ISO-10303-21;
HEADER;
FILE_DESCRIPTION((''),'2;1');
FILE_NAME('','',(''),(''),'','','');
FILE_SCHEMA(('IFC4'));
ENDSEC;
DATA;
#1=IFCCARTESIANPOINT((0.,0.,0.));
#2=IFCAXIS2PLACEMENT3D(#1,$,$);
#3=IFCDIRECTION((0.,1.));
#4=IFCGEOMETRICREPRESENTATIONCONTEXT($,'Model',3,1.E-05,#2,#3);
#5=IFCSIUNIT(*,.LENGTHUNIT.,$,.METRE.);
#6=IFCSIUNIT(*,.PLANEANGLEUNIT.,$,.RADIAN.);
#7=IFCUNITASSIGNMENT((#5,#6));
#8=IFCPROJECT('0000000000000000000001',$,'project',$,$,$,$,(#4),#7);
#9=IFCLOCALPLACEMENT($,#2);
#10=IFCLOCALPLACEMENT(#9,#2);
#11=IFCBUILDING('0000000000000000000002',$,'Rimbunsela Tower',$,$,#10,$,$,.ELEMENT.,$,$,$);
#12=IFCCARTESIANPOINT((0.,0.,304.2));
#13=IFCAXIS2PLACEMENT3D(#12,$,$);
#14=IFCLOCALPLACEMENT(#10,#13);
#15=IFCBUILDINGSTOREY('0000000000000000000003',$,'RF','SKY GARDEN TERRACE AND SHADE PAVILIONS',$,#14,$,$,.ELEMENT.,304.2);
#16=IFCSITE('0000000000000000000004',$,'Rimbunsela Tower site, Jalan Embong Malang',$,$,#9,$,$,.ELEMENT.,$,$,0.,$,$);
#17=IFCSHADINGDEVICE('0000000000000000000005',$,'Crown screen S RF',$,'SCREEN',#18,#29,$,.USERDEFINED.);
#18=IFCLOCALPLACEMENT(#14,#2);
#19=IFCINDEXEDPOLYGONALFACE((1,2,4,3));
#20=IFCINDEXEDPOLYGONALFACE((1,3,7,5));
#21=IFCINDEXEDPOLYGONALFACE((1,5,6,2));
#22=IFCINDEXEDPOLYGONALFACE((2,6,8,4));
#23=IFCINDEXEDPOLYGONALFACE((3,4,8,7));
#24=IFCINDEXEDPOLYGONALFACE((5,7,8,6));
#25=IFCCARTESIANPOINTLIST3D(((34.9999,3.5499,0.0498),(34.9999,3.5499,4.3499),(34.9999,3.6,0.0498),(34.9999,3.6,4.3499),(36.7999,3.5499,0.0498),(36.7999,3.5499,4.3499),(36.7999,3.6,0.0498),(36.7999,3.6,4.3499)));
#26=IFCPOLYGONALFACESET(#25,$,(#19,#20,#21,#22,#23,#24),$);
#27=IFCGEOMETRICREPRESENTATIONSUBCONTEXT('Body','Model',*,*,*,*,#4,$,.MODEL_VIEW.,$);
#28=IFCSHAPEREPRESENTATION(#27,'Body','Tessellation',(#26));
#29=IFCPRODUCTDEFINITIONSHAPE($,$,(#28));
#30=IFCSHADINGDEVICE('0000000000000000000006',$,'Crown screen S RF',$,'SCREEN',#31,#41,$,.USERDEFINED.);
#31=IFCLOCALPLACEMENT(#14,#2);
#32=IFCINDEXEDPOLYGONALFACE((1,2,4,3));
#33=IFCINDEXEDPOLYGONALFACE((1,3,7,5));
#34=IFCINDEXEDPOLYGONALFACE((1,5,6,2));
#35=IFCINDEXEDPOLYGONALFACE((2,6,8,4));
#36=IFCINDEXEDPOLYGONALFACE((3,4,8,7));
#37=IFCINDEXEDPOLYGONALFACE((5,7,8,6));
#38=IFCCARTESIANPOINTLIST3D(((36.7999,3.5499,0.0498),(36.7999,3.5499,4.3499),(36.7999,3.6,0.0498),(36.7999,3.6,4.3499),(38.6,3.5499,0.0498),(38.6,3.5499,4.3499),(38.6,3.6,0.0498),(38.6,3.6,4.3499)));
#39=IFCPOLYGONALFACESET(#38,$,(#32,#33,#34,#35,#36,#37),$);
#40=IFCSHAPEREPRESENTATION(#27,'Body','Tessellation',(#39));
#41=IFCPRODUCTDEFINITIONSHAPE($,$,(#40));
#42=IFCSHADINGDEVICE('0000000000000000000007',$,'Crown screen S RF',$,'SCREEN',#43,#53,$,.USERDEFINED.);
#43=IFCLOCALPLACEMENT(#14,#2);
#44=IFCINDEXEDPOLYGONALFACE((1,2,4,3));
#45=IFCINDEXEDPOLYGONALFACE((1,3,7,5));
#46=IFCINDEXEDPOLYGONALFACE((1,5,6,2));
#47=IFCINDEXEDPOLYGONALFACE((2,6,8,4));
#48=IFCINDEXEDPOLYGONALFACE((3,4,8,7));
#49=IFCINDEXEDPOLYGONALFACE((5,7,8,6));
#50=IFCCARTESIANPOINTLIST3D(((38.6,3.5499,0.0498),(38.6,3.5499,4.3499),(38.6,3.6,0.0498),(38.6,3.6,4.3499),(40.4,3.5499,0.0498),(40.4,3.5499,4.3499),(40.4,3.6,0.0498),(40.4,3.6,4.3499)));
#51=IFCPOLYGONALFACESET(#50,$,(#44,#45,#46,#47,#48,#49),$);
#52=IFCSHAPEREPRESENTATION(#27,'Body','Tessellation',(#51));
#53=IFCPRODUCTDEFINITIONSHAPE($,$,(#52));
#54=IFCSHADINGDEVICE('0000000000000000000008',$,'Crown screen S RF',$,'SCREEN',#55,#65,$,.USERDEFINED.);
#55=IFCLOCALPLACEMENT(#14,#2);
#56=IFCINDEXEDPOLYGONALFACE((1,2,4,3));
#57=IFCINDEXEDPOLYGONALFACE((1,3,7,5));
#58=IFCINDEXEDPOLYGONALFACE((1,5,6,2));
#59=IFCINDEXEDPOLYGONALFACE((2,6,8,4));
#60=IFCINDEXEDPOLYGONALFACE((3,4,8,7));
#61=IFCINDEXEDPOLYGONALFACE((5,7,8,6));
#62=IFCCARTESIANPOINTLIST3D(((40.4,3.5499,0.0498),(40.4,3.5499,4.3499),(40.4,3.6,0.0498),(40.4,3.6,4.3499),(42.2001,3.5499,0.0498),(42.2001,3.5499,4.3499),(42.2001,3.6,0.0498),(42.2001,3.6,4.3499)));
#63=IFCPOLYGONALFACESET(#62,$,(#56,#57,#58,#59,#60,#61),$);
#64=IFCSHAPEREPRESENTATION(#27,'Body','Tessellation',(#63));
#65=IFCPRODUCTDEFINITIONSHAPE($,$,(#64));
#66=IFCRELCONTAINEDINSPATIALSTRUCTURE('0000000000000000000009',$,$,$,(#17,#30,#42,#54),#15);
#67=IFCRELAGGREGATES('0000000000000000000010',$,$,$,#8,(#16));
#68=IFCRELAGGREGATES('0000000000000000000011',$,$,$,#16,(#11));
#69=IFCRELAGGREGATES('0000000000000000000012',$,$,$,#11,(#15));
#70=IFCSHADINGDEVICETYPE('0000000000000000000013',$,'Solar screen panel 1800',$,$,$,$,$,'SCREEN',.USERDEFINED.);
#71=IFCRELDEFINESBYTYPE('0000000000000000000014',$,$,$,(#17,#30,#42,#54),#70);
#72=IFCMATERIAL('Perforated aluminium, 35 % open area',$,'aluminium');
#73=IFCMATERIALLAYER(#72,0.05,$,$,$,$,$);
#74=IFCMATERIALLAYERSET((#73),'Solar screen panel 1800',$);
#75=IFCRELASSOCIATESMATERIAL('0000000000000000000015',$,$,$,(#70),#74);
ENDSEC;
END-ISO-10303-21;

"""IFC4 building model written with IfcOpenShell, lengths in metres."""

from ifc_helpers import new_model, si_unit, direction, frame, origin, origin_2d, place, context, subcontext, project, spatial, rectangle, extrude, material, layer, layer_set, type_object, element, save


model = new_model("IFC4")

# Units and contexts
model_context = context("Model", 3, precision=1e-05, world=origin(), true_north=direction((0.0, 1.0)))
body_context = subcontext(model_context, "Body", "Model", "MODEL_VIEW")
ifc_project = project(units=[si_unit("LENGTHUNIT", "METRE"), si_unit("PLANEANGLEUNIT", "RADIAN")], contexts=[model_context])

# Site, building, storey
site_placement = place(None, origin())
site = spatial("IfcSite", under=ifc_project, at=site_placement, Name="Rimbunsela Tower site, Jalan Embong Malang", CompositionType="ELEMENT", RefElevation=0.0)
building_placement = place(site_placement, origin())
building = spatial("IfcBuilding", under=site, at=building_placement, Name="Rimbunsela Tower", CompositionType="ELEMENT")
storey_placement = place(building_placement, frame((0.0, 0.0, 304.2)))
storey = spatial("IfcBuildingStorey", under=building, at=storey_placement, Name="RF", Description="SKY GARDEN TERRACE AND SHADE PAVILIONS", CompositionType="ELEMENT", Elevation=304.2)

# Shading devices
ifc_material_1 = material(Name="Perforated aluminium, 35 % open area", Category="aluminium")
ifc_layer_1 = layer(ifc_material_1, 0.05)
ifc_layer_set_1 = layer_set([ifc_layer_1], Name="Solar screen panel 1800")
shading_device_type = type_object("IfcShadingDeviceType", Name="Solar screen panel 1800", ElementType="SCREEN", PredefinedType="USERDEFINED", material=ifc_layer_set_1)
for number, where, z_axis, x_axis, name in (
    (1, (35.8999, 3.575, 0.0498), (0.0, 0.0, 1.0), (1.0, 0.0, 0.0), "Crown screen S RF"),
    (2, (37.7, 3.575, 0.0498), (0.0, 0.0, 1.0), (1.0, 0.0, 0.0), "Crown screen S RF"),
    (3, (39.5, 3.575, 0.0498), (0.0, 0.0, 1.0), (1.0, 0.0, 0.0), "Crown screen S RF"),
    (4, (41.3, 3.575, 0.0498), (0.0, 0.0, 1.0), (1.0, 0.0, 0.0), "Crown screen S RF"),
):
    element("IfcShadingDevice", number, at=place(storey_placement, frame(where, z_axis=z_axis, x_axis=x_axis)), inside=storey, type_object=shading_device_type, Name=name, ObjectType="SCREEN", PredefinedType="USERDEFINED", context=body_context, shape_type="SweptSolid", body=[
        extrude(rectangle(XDim=1.8, YDim=0.05, at=origin_2d()), origin(), (0.0, 0.0, 1.0), 4.3),
    ])

save(model, "model.ifc")
